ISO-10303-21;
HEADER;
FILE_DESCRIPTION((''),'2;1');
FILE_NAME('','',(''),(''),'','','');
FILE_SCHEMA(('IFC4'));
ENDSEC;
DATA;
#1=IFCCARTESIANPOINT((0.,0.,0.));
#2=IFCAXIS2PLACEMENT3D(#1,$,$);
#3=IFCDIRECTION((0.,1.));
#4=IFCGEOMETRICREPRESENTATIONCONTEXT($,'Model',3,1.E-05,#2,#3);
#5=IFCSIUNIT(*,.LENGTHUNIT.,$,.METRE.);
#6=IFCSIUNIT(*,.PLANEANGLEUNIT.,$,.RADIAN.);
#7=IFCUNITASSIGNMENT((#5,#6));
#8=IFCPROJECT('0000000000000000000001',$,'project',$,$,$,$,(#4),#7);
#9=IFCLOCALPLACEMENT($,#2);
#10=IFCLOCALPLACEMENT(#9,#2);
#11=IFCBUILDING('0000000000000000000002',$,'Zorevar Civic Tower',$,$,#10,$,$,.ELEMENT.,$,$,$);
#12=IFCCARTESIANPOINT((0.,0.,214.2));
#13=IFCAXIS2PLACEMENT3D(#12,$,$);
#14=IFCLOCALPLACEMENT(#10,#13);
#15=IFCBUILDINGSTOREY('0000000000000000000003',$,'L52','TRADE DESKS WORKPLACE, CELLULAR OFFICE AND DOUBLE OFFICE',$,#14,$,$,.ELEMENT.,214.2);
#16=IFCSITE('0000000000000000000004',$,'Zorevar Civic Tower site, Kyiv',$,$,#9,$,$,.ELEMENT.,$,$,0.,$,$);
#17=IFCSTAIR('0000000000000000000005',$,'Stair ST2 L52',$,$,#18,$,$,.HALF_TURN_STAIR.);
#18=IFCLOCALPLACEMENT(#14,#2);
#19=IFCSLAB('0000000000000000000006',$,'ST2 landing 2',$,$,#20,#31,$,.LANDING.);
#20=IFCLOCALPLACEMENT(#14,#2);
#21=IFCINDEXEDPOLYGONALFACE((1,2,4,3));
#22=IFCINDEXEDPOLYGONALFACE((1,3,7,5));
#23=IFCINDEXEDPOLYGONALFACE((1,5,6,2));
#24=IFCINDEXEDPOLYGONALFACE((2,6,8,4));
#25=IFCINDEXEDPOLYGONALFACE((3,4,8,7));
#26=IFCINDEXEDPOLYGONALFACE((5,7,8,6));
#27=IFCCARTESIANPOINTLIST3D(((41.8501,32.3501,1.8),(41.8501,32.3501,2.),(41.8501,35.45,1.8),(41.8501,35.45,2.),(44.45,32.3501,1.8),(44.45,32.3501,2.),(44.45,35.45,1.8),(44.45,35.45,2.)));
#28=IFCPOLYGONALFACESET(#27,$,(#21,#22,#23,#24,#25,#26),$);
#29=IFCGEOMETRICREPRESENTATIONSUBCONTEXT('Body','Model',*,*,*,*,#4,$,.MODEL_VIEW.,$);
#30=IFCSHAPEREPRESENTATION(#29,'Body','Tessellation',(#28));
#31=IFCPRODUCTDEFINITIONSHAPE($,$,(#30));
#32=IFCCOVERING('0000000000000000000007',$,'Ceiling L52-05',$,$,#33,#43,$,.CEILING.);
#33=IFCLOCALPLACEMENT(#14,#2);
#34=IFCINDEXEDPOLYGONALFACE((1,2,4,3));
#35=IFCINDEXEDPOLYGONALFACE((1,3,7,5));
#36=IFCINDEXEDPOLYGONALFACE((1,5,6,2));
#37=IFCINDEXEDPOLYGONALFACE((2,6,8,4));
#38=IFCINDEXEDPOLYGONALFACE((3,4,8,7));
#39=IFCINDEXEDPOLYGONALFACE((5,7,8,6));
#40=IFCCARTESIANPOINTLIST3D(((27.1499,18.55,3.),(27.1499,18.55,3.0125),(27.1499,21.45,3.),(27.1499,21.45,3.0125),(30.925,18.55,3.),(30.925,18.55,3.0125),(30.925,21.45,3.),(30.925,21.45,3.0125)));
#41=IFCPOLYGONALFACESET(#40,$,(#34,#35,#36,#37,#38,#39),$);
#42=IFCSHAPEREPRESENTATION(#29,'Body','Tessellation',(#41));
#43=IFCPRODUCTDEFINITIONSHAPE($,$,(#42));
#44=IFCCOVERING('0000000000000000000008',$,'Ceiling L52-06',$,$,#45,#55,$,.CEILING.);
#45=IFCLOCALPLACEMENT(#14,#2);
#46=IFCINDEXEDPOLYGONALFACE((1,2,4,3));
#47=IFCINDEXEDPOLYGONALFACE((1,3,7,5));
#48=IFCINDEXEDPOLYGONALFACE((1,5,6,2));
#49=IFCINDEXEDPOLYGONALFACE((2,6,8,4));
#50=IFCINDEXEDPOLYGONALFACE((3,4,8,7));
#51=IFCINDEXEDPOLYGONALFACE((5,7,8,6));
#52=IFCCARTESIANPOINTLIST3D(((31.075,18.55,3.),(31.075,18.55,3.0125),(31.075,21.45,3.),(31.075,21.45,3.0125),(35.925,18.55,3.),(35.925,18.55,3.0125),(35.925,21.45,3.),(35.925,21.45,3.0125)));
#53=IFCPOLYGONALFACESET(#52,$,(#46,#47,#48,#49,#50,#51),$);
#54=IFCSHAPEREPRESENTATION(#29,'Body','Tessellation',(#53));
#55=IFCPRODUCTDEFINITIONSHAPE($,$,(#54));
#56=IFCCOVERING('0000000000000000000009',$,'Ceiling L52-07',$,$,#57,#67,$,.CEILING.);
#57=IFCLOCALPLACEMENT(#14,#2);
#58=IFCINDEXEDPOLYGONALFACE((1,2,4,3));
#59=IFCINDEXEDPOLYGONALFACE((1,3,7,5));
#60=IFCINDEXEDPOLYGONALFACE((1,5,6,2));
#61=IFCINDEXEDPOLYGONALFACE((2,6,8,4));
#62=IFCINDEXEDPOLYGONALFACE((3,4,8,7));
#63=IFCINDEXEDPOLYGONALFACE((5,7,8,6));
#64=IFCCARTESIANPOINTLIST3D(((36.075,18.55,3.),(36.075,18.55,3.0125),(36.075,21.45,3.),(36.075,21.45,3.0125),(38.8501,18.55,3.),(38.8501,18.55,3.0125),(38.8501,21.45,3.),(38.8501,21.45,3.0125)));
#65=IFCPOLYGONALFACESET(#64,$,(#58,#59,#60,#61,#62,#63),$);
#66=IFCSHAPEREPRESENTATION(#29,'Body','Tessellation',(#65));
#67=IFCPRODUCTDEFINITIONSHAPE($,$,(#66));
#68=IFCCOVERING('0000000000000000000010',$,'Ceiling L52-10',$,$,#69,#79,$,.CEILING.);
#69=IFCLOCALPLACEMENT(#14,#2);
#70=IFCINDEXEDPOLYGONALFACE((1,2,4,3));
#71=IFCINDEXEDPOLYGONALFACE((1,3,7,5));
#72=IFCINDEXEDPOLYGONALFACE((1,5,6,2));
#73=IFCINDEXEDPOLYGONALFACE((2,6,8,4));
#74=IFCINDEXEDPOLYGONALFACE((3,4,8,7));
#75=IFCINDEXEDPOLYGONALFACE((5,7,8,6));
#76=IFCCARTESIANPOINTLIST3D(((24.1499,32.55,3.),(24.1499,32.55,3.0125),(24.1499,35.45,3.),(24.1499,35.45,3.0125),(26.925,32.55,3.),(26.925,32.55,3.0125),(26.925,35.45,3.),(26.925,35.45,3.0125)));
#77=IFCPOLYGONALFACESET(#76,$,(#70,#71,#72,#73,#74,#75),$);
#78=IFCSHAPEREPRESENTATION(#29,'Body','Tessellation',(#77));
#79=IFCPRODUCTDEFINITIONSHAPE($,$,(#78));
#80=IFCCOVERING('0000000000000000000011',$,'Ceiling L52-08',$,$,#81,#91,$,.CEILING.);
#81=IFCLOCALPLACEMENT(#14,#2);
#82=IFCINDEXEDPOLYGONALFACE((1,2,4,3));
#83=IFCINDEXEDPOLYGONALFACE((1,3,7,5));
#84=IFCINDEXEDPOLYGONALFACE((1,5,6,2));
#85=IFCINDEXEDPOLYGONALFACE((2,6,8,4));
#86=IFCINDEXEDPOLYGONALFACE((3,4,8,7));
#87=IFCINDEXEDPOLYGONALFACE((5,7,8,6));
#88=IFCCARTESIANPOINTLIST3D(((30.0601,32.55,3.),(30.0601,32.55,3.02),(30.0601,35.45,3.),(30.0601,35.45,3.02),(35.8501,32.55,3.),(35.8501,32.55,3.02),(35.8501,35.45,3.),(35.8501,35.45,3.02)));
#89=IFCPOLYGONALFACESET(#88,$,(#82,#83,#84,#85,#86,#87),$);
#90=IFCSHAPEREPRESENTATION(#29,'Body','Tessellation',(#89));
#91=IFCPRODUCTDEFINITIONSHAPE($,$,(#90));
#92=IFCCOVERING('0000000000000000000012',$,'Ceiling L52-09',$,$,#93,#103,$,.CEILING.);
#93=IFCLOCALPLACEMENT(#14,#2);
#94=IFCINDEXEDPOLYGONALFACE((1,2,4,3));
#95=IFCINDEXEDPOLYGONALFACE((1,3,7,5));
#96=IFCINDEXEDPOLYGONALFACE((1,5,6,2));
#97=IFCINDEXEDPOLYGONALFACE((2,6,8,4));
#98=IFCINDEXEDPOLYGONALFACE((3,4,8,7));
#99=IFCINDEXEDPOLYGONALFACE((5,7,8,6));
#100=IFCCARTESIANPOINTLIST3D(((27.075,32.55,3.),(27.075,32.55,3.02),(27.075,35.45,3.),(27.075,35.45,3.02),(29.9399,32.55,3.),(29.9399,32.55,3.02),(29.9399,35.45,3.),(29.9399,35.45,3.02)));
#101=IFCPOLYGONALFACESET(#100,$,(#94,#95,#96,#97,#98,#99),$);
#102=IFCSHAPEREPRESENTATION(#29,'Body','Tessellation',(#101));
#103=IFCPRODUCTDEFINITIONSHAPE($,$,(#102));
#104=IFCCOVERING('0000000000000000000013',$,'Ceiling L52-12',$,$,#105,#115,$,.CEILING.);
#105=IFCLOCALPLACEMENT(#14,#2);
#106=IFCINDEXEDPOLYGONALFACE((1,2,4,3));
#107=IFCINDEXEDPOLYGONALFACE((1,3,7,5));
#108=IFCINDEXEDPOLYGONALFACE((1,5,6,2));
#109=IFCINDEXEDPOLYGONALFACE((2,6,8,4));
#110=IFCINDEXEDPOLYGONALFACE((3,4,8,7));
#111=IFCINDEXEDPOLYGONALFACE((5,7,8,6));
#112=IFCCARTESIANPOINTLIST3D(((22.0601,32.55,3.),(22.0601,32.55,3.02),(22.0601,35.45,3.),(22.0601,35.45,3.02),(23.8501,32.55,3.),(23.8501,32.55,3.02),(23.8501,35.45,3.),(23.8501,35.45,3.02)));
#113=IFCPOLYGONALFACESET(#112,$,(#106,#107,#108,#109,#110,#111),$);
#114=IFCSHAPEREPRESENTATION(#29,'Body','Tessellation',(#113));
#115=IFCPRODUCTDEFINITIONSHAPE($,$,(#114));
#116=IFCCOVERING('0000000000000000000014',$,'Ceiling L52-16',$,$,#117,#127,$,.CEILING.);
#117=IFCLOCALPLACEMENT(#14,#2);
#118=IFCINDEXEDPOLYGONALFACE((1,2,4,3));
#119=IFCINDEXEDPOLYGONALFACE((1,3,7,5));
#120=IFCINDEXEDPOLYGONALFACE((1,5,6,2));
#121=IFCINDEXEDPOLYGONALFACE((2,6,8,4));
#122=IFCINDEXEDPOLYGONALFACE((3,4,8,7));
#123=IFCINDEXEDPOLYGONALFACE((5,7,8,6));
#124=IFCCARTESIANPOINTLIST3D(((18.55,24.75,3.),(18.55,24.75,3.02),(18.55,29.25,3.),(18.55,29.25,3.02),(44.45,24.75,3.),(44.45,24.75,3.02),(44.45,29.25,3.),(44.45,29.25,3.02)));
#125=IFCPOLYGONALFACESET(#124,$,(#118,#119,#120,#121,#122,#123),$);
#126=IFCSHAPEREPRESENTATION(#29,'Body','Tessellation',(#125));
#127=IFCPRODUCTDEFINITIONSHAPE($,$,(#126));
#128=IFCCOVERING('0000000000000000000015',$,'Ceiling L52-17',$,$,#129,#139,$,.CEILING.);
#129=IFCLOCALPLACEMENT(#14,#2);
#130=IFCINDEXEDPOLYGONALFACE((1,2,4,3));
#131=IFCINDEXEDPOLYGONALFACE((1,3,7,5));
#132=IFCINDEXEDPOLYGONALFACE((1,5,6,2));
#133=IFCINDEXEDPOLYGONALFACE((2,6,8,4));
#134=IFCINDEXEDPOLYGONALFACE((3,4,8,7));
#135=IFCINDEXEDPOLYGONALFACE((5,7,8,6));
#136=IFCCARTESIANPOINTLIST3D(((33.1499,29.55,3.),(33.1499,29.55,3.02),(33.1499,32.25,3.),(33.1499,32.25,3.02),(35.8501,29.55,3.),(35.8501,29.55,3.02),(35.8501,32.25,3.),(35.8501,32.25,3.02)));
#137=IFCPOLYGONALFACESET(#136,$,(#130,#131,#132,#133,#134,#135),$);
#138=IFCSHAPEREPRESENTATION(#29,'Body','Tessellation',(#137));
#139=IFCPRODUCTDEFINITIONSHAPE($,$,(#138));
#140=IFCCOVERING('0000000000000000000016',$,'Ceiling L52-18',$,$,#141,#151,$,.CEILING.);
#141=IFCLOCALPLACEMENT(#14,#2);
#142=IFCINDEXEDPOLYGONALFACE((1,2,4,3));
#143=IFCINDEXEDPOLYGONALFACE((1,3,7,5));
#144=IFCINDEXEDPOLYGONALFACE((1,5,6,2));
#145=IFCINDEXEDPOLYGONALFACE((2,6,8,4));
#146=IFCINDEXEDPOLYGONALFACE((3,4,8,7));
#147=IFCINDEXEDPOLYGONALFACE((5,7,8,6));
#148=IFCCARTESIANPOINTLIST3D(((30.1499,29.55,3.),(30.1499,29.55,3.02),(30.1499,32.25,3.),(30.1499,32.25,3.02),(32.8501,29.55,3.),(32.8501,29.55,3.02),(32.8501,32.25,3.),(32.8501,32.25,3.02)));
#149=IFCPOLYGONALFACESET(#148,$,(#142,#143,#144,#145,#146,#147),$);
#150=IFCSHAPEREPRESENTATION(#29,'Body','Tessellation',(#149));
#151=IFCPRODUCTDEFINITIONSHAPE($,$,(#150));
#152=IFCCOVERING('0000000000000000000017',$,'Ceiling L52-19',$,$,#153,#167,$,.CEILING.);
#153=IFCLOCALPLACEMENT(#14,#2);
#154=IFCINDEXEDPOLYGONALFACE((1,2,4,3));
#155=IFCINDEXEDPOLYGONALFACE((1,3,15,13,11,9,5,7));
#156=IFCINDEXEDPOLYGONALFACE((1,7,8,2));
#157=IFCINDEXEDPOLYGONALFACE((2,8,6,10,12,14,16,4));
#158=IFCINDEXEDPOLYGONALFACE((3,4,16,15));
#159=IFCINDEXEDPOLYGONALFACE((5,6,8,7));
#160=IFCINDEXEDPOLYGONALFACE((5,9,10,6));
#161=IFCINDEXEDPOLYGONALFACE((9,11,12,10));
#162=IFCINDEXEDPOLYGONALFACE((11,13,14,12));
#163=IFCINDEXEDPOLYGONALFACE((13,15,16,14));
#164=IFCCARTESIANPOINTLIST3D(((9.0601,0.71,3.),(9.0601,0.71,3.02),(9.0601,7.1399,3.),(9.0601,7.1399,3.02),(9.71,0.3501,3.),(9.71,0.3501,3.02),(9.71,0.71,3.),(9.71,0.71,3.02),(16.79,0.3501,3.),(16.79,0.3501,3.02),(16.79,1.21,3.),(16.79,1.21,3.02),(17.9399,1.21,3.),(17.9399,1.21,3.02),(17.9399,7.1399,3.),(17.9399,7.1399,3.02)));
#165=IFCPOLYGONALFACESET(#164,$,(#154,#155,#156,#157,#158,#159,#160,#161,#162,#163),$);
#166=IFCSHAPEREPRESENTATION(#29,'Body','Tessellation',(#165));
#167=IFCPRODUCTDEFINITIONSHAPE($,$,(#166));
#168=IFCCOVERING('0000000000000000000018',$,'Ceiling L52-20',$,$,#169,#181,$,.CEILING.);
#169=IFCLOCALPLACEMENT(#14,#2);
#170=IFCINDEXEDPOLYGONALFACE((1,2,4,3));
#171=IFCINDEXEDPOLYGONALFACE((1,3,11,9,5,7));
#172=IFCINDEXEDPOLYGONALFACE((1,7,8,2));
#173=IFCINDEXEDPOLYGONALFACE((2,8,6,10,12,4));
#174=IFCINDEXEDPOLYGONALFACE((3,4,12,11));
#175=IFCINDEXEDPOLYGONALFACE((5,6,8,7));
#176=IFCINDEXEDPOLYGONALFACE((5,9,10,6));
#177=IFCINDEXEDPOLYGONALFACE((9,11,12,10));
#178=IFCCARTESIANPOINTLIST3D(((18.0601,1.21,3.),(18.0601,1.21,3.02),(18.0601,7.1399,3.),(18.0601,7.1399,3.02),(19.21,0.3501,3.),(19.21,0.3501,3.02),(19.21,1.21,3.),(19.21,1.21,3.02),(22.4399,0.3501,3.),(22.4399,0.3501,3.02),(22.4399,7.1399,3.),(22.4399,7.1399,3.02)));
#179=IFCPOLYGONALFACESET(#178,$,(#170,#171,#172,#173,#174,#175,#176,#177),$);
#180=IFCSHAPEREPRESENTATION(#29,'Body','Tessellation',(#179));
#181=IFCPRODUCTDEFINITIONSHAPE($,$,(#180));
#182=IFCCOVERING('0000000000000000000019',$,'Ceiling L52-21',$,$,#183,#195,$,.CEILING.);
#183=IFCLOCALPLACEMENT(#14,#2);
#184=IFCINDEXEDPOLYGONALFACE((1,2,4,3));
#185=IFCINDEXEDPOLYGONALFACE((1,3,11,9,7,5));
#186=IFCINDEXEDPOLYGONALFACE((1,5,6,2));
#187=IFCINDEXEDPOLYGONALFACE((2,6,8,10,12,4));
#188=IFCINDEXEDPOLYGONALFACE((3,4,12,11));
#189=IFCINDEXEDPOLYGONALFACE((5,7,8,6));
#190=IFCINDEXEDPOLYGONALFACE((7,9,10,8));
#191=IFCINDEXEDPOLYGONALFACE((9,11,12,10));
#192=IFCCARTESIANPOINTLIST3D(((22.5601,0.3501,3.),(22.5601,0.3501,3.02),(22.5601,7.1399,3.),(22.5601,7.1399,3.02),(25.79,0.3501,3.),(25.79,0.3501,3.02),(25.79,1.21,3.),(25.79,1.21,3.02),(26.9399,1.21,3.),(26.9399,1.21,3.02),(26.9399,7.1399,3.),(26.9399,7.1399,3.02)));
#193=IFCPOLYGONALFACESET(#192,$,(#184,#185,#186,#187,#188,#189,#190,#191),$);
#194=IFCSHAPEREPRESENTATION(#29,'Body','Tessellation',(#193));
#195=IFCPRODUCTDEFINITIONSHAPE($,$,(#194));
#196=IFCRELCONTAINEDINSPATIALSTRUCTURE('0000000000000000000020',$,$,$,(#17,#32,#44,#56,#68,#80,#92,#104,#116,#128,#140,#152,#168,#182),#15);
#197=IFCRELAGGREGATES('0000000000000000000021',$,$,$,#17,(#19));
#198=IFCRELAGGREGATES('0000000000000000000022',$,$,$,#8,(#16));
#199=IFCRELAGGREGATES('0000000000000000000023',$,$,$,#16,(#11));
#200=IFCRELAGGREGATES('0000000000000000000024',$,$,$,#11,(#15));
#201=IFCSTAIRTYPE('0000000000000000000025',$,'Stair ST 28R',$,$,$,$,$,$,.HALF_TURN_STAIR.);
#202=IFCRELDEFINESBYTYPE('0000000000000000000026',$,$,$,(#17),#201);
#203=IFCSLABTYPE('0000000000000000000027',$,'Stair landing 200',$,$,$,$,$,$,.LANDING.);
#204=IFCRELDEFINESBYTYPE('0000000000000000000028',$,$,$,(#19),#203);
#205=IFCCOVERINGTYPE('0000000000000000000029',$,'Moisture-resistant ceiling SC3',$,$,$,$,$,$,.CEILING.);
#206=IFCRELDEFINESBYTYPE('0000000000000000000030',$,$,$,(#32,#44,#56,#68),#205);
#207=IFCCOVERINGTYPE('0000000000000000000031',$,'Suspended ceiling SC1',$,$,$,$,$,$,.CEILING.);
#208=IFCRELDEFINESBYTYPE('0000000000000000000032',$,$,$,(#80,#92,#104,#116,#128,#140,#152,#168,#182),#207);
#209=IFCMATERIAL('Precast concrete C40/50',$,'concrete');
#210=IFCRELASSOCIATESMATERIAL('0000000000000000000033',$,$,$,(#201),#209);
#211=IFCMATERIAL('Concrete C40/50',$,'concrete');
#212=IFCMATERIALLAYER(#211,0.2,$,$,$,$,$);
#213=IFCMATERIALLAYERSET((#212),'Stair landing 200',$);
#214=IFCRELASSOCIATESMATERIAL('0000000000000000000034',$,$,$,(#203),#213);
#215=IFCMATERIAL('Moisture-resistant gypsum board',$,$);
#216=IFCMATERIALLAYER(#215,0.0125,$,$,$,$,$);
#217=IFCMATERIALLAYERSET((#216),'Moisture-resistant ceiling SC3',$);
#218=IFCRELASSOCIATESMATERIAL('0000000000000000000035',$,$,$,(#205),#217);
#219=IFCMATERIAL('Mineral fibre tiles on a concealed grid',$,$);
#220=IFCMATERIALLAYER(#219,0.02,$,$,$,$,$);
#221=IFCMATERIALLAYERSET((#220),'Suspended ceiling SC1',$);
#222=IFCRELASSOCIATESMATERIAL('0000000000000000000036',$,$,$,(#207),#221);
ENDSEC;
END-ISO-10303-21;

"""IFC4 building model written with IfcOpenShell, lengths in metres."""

from ifc_helpers import new_model, si_unit, direction, frame, origin, place, context, subcontext, project, spatial, polyline, outline, extrude, material, layer, layer_set, type_object, element, aggregate, save


model = new_model("IFC4")

# Units and contexts
model_context = context("Model", 3, precision=1e-05, world=origin(), true_north=direction((0.0, 1.0)))
body_context = subcontext(model_context, "Body", "Model", "MODEL_VIEW")
ifc_project = project(units=[si_unit("LENGTHUNIT", "METRE"), si_unit("PLANEANGLEUNIT", "RADIAN")], contexts=[model_context])

# Site, building, storey
site_placement = place(None, origin())
site = spatial("IfcSite", under=ifc_project, at=site_placement, Name="Zorevar Civic Tower site, Kyiv", CompositionType="ELEMENT", RefElevation=0.0)
building_placement = place(site_placement, origin())
building = spatial("IfcBuilding", under=site, at=building_placement, Name="Zorevar Civic Tower", CompositionType="ELEMENT")
storey_placement = place(building_placement, frame((0.0, 0.0, 214.2)))
storey = spatial("IfcBuildingStorey", under=building, at=storey_placement, Name="L52", Description="TRADE DESKS WORKPLACE, CELLULAR OFFICE AND DOUBLE OFFICE", CompositionType="ELEMENT", Elevation=214.2)

# Stair, slab
ifc_material_1 = material(Name="Precast concrete C40/50", Category="concrete")
stair_type = type_object("IfcStairType", Name="Stair ST 28R", PredefinedType="HALF_TURN_STAIR", material=ifc_material_1)
ifc_material_2 = material(Name="Concrete C40/50", Category="concrete")
ifc_layer_1 = layer(ifc_material_2, 0.2)
ifc_layer_set_1 = layer_set([ifc_layer_1], Name="Stair landing 200")
slab_type_1 = type_object("IfcSlabType", Name="Stair landing 200", PredefinedType="LANDING", material=ifc_layer_set_1)
stair_1_placement = place(storey_placement, origin())
stair_1 = element("IfcStair", 1, at=stair_1_placement, inside=storey, type_object=stair_type, Name="Stair ST2 L52", PredefinedType="HALF_TURN_STAIR")
slab_1_placement = place(storey_placement, frame((0.0, 0.0, 1.8)))
slab_1 = element("IfcSlab", 2, at=slab_1_placement, type_object=slab_type_1, Name="ST2 landing 2", PredefinedType="LANDING", context=body_context, shape_type="SweptSolid", body=[
    extrude(outline(polyline([(44.45, 32.3501), (41.8501, 32.3501), (41.8501, 35.45), (44.45, 35.45), (44.45, 32.3501)])), origin(), (0.0, 0.0, 1.0), 0.2),
])
aggregate(stair_1, [slab_1])

# Coverings
ifc_material_3 = material(Name="Moisture-resistant gypsum board")
ifc_layer_2 = layer(ifc_material_3, 0.0125)
ifc_layer_set_2 = layer_set([ifc_layer_2], Name="Moisture-resistant ceiling SC3")
covering_type_1 = type_object("IfcCoveringType", Name="Moisture-resistant ceiling SC3", PredefinedType="CEILING", material=ifc_layer_set_2)
covering_1_placement = place(storey_placement, frame((0.0, 0.0, 3.0)))
element("IfcCovering", 3, at=covering_1_placement, inside=storey, type_object=covering_type_1, Name="Ceiling L52-05", PredefinedType="CEILING", context=body_context, shape_type="SweptSolid", body=[
    extrude(outline(polyline([(30.925, 18.55), (30.925, 21.45), (27.1499, 21.45), (27.1499, 18.55), (30.925, 18.55)])), origin(), (0.0, 0.0, 1.0), 0.0125),
])
covering_2_placement = place(storey_placement, frame((0.0, 0.0, 3.0)))
element("IfcCovering", 4, at=covering_2_placement, inside=storey, type_object=covering_type_1, Name="Ceiling L52-06", PredefinedType="CEILING", context=body_context, shape_type="SweptSolid", body=[
    extrude(outline(polyline([(35.925, 18.55), (35.925, 21.45), (31.075, 21.45), (31.075, 18.55), (35.925, 18.55)])), origin(), (0.0, 0.0, 1.0), 0.0125),
])
covering_3_placement = place(storey_placement, frame((0.0, 0.0, 3.0)))
element("IfcCovering", 5, at=covering_3_placement, inside=storey, type_object=covering_type_1, Name="Ceiling L52-07", PredefinedType="CEILING", context=body_context, shape_type="SweptSolid", body=[
    extrude(outline(polyline([(38.8501, 18.55), (38.8501, 21.45), (36.075, 21.45), (36.075, 18.55), (38.8501, 18.55)])), origin(), (0.0, 0.0, 1.0), 0.0125),
])
covering_4_placement = place(storey_placement, frame((0.0, 0.0, 3.0)))
element("IfcCovering", 6, at=covering_4_placement, inside=storey, type_object=covering_type_1, Name="Ceiling L52-10", PredefinedType="CEILING", context=body_context, shape_type="SweptSolid", body=[
    extrude(outline(polyline([(26.925, 32.55), (26.925, 35.45), (24.1499, 35.45), (24.1499, 32.55), (26.925, 32.55)])), origin(), (0.0, 0.0, 1.0), 0.0125),
])
ifc_material_4 = material(Name="Mineral fibre tiles on a concealed grid")
ifc_layer_3 = layer(ifc_material_4, 0.02)
ifc_layer_set_3 = layer_set([ifc_layer_3], Name="Suspended ceiling SC1")
covering_type_2 = type_object("IfcCoveringType", Name="Suspended ceiling SC1", PredefinedType="CEILING", material=ifc_layer_set_3)
covering_5_placement = place(storey_placement, frame((0.0, 0.0, 3.0)))
element("IfcCovering", 7, at=covering_5_placement, inside=storey, type_object=covering_type_2, Name="Ceiling L52-08", PredefinedType="CEILING", context=body_context, shape_type="SweptSolid", body=[
    extrude(outline(polyline([(35.8501, 32.55), (35.8501, 35.45), (30.0601, 35.45), (30.0601, 32.55), (35.8501, 32.55)])), origin(), (0.0, 0.0, 1.0), 0.02),
])
covering_6_placement = place(storey_placement, frame((0.0, 0.0, 3.0)))
element("IfcCovering", 8, at=covering_6_placement, inside=storey, type_object=covering_type_2, Name="Ceiling L52-09", PredefinedType="CEILING", context=body_context, shape_type="SweptSolid", body=[
    extrude(outline(polyline([(29.9399, 32.55), (29.9399, 35.45), (27.075, 35.45), (27.075, 32.55), (29.9399, 32.55)])), origin(), (0.0, 0.0, 1.0), 0.02),
])
covering_7_placement = place(storey_placement, frame((0.0, 0.0, 3.0)))
element("IfcCovering", 9, at=covering_7_placement, inside=storey, type_object=covering_type_2, Name="Ceiling L52-12", PredefinedType="CEILING", context=body_context, shape_type="SweptSolid", body=[
    extrude(outline(polyline([(23.8501, 32.55), (23.8501, 35.45), (22.0601, 35.45), (22.0601, 32.55), (23.8501, 32.55)])), origin(), (0.0, 0.0, 1.0), 0.02),
])
covering_8_placement = place(storey_placement, frame((0.0, 0.0, 3.0)))
element("IfcCovering", 10, at=covering_8_placement, inside=storey, type_object=covering_type_2, Name="Ceiling L52-16", PredefinedType="CEILING", context=body_context, shape_type="SweptSolid", body=[
    extrude(outline(polyline([(44.45, 24.75), (44.45, 29.25), (18.55, 29.25), (18.55, 24.75), (44.45, 24.75)])), origin(), (0.0, 0.0, 1.0), 0.02),
])
covering_9_placement = place(storey_placement, frame((0.0, 0.0, 3.0)))
element("IfcCovering", 11, at=covering_9_placement, inside=storey, type_object=covering_type_2, Name="Ceiling L52-17", PredefinedType="CEILING", context=body_context, shape_type="SweptSolid", body=[
    extrude(outline(polyline([(35.8501, 29.55), (35.8501, 32.25), (33.1499, 32.25), (33.1499, 29.55), (35.8501, 29.55)])), origin(), (0.0, 0.0, 1.0), 0.02),
])
covering_10_placement = place(storey_placement, frame((0.0, 0.0, 3.0)))
element("IfcCovering", 12, at=covering_10_placement, inside=storey, type_object=covering_type_2, Name="Ceiling L52-18", PredefinedType="CEILING", context=body_context, shape_type="SweptSolid", body=[
    extrude(outline(polyline([(32.8501, 29.55), (32.8501, 32.25), (30.1499, 32.25), (30.1499, 29.55), (32.8501, 29.55)])), origin(), (0.0, 0.0, 1.0), 0.02),
])
covering_11_placement = place(storey_placement, frame((0.0, 0.0, 3.0)))
element("IfcCovering", 13, at=covering_11_placement, inside=storey, type_object=covering_type_2, Name="Ceiling L52-19", PredefinedType="CEILING", context=body_context, shape_type="SweptSolid", body=[
    extrude(outline(polyline([(9.71, 0.3501), (9.71, 0.71), (9.0601, 0.71), (9.0601, 7.1399), (17.9399, 7.1399), (17.9399, 1.21), (16.79, 1.21), (16.79, 0.3501), (9.71, 0.3501)])), origin(), (0.0, 0.0, 1.0), 0.02),
])
covering_12_placement = place(storey_placement, frame((0.0, 0.0, 3.0)))
element("IfcCovering", 14, at=covering_12_placement, inside=storey, type_object=covering_type_2, Name="Ceiling L52-20", PredefinedType="CEILING", context=body_context, shape_type="SweptSolid", body=[
    extrude(outline(polyline([(22.4399, 7.1399), (22.4399, 0.3501), (19.21, 0.3501), (19.21, 1.21), (18.0601, 1.21), (18.0601, 7.1399), (22.4399, 7.1399)])), origin(), (0.0, 0.0, 1.0), 0.02),
])
covering_13_placement = place(storey_placement, frame((0.0, 0.0, 3.0)))
element("IfcCovering", 15, at=covering_13_placement, inside=storey, type_object=covering_type_2, Name="Ceiling L52-21", PredefinedType="CEILING", context=body_context, shape_type="SweptSolid", body=[
    extrude(outline(polyline([(26.9399, 7.1399), (26.9399, 1.21), (25.79, 1.21), (25.79, 0.3501), (22.5601, 0.3501), (22.5601, 7.1399), (26.9399, 7.1399)])), origin(), (0.0, 0.0, 1.0), 0.02),
])

save(model, "model.ifc")
